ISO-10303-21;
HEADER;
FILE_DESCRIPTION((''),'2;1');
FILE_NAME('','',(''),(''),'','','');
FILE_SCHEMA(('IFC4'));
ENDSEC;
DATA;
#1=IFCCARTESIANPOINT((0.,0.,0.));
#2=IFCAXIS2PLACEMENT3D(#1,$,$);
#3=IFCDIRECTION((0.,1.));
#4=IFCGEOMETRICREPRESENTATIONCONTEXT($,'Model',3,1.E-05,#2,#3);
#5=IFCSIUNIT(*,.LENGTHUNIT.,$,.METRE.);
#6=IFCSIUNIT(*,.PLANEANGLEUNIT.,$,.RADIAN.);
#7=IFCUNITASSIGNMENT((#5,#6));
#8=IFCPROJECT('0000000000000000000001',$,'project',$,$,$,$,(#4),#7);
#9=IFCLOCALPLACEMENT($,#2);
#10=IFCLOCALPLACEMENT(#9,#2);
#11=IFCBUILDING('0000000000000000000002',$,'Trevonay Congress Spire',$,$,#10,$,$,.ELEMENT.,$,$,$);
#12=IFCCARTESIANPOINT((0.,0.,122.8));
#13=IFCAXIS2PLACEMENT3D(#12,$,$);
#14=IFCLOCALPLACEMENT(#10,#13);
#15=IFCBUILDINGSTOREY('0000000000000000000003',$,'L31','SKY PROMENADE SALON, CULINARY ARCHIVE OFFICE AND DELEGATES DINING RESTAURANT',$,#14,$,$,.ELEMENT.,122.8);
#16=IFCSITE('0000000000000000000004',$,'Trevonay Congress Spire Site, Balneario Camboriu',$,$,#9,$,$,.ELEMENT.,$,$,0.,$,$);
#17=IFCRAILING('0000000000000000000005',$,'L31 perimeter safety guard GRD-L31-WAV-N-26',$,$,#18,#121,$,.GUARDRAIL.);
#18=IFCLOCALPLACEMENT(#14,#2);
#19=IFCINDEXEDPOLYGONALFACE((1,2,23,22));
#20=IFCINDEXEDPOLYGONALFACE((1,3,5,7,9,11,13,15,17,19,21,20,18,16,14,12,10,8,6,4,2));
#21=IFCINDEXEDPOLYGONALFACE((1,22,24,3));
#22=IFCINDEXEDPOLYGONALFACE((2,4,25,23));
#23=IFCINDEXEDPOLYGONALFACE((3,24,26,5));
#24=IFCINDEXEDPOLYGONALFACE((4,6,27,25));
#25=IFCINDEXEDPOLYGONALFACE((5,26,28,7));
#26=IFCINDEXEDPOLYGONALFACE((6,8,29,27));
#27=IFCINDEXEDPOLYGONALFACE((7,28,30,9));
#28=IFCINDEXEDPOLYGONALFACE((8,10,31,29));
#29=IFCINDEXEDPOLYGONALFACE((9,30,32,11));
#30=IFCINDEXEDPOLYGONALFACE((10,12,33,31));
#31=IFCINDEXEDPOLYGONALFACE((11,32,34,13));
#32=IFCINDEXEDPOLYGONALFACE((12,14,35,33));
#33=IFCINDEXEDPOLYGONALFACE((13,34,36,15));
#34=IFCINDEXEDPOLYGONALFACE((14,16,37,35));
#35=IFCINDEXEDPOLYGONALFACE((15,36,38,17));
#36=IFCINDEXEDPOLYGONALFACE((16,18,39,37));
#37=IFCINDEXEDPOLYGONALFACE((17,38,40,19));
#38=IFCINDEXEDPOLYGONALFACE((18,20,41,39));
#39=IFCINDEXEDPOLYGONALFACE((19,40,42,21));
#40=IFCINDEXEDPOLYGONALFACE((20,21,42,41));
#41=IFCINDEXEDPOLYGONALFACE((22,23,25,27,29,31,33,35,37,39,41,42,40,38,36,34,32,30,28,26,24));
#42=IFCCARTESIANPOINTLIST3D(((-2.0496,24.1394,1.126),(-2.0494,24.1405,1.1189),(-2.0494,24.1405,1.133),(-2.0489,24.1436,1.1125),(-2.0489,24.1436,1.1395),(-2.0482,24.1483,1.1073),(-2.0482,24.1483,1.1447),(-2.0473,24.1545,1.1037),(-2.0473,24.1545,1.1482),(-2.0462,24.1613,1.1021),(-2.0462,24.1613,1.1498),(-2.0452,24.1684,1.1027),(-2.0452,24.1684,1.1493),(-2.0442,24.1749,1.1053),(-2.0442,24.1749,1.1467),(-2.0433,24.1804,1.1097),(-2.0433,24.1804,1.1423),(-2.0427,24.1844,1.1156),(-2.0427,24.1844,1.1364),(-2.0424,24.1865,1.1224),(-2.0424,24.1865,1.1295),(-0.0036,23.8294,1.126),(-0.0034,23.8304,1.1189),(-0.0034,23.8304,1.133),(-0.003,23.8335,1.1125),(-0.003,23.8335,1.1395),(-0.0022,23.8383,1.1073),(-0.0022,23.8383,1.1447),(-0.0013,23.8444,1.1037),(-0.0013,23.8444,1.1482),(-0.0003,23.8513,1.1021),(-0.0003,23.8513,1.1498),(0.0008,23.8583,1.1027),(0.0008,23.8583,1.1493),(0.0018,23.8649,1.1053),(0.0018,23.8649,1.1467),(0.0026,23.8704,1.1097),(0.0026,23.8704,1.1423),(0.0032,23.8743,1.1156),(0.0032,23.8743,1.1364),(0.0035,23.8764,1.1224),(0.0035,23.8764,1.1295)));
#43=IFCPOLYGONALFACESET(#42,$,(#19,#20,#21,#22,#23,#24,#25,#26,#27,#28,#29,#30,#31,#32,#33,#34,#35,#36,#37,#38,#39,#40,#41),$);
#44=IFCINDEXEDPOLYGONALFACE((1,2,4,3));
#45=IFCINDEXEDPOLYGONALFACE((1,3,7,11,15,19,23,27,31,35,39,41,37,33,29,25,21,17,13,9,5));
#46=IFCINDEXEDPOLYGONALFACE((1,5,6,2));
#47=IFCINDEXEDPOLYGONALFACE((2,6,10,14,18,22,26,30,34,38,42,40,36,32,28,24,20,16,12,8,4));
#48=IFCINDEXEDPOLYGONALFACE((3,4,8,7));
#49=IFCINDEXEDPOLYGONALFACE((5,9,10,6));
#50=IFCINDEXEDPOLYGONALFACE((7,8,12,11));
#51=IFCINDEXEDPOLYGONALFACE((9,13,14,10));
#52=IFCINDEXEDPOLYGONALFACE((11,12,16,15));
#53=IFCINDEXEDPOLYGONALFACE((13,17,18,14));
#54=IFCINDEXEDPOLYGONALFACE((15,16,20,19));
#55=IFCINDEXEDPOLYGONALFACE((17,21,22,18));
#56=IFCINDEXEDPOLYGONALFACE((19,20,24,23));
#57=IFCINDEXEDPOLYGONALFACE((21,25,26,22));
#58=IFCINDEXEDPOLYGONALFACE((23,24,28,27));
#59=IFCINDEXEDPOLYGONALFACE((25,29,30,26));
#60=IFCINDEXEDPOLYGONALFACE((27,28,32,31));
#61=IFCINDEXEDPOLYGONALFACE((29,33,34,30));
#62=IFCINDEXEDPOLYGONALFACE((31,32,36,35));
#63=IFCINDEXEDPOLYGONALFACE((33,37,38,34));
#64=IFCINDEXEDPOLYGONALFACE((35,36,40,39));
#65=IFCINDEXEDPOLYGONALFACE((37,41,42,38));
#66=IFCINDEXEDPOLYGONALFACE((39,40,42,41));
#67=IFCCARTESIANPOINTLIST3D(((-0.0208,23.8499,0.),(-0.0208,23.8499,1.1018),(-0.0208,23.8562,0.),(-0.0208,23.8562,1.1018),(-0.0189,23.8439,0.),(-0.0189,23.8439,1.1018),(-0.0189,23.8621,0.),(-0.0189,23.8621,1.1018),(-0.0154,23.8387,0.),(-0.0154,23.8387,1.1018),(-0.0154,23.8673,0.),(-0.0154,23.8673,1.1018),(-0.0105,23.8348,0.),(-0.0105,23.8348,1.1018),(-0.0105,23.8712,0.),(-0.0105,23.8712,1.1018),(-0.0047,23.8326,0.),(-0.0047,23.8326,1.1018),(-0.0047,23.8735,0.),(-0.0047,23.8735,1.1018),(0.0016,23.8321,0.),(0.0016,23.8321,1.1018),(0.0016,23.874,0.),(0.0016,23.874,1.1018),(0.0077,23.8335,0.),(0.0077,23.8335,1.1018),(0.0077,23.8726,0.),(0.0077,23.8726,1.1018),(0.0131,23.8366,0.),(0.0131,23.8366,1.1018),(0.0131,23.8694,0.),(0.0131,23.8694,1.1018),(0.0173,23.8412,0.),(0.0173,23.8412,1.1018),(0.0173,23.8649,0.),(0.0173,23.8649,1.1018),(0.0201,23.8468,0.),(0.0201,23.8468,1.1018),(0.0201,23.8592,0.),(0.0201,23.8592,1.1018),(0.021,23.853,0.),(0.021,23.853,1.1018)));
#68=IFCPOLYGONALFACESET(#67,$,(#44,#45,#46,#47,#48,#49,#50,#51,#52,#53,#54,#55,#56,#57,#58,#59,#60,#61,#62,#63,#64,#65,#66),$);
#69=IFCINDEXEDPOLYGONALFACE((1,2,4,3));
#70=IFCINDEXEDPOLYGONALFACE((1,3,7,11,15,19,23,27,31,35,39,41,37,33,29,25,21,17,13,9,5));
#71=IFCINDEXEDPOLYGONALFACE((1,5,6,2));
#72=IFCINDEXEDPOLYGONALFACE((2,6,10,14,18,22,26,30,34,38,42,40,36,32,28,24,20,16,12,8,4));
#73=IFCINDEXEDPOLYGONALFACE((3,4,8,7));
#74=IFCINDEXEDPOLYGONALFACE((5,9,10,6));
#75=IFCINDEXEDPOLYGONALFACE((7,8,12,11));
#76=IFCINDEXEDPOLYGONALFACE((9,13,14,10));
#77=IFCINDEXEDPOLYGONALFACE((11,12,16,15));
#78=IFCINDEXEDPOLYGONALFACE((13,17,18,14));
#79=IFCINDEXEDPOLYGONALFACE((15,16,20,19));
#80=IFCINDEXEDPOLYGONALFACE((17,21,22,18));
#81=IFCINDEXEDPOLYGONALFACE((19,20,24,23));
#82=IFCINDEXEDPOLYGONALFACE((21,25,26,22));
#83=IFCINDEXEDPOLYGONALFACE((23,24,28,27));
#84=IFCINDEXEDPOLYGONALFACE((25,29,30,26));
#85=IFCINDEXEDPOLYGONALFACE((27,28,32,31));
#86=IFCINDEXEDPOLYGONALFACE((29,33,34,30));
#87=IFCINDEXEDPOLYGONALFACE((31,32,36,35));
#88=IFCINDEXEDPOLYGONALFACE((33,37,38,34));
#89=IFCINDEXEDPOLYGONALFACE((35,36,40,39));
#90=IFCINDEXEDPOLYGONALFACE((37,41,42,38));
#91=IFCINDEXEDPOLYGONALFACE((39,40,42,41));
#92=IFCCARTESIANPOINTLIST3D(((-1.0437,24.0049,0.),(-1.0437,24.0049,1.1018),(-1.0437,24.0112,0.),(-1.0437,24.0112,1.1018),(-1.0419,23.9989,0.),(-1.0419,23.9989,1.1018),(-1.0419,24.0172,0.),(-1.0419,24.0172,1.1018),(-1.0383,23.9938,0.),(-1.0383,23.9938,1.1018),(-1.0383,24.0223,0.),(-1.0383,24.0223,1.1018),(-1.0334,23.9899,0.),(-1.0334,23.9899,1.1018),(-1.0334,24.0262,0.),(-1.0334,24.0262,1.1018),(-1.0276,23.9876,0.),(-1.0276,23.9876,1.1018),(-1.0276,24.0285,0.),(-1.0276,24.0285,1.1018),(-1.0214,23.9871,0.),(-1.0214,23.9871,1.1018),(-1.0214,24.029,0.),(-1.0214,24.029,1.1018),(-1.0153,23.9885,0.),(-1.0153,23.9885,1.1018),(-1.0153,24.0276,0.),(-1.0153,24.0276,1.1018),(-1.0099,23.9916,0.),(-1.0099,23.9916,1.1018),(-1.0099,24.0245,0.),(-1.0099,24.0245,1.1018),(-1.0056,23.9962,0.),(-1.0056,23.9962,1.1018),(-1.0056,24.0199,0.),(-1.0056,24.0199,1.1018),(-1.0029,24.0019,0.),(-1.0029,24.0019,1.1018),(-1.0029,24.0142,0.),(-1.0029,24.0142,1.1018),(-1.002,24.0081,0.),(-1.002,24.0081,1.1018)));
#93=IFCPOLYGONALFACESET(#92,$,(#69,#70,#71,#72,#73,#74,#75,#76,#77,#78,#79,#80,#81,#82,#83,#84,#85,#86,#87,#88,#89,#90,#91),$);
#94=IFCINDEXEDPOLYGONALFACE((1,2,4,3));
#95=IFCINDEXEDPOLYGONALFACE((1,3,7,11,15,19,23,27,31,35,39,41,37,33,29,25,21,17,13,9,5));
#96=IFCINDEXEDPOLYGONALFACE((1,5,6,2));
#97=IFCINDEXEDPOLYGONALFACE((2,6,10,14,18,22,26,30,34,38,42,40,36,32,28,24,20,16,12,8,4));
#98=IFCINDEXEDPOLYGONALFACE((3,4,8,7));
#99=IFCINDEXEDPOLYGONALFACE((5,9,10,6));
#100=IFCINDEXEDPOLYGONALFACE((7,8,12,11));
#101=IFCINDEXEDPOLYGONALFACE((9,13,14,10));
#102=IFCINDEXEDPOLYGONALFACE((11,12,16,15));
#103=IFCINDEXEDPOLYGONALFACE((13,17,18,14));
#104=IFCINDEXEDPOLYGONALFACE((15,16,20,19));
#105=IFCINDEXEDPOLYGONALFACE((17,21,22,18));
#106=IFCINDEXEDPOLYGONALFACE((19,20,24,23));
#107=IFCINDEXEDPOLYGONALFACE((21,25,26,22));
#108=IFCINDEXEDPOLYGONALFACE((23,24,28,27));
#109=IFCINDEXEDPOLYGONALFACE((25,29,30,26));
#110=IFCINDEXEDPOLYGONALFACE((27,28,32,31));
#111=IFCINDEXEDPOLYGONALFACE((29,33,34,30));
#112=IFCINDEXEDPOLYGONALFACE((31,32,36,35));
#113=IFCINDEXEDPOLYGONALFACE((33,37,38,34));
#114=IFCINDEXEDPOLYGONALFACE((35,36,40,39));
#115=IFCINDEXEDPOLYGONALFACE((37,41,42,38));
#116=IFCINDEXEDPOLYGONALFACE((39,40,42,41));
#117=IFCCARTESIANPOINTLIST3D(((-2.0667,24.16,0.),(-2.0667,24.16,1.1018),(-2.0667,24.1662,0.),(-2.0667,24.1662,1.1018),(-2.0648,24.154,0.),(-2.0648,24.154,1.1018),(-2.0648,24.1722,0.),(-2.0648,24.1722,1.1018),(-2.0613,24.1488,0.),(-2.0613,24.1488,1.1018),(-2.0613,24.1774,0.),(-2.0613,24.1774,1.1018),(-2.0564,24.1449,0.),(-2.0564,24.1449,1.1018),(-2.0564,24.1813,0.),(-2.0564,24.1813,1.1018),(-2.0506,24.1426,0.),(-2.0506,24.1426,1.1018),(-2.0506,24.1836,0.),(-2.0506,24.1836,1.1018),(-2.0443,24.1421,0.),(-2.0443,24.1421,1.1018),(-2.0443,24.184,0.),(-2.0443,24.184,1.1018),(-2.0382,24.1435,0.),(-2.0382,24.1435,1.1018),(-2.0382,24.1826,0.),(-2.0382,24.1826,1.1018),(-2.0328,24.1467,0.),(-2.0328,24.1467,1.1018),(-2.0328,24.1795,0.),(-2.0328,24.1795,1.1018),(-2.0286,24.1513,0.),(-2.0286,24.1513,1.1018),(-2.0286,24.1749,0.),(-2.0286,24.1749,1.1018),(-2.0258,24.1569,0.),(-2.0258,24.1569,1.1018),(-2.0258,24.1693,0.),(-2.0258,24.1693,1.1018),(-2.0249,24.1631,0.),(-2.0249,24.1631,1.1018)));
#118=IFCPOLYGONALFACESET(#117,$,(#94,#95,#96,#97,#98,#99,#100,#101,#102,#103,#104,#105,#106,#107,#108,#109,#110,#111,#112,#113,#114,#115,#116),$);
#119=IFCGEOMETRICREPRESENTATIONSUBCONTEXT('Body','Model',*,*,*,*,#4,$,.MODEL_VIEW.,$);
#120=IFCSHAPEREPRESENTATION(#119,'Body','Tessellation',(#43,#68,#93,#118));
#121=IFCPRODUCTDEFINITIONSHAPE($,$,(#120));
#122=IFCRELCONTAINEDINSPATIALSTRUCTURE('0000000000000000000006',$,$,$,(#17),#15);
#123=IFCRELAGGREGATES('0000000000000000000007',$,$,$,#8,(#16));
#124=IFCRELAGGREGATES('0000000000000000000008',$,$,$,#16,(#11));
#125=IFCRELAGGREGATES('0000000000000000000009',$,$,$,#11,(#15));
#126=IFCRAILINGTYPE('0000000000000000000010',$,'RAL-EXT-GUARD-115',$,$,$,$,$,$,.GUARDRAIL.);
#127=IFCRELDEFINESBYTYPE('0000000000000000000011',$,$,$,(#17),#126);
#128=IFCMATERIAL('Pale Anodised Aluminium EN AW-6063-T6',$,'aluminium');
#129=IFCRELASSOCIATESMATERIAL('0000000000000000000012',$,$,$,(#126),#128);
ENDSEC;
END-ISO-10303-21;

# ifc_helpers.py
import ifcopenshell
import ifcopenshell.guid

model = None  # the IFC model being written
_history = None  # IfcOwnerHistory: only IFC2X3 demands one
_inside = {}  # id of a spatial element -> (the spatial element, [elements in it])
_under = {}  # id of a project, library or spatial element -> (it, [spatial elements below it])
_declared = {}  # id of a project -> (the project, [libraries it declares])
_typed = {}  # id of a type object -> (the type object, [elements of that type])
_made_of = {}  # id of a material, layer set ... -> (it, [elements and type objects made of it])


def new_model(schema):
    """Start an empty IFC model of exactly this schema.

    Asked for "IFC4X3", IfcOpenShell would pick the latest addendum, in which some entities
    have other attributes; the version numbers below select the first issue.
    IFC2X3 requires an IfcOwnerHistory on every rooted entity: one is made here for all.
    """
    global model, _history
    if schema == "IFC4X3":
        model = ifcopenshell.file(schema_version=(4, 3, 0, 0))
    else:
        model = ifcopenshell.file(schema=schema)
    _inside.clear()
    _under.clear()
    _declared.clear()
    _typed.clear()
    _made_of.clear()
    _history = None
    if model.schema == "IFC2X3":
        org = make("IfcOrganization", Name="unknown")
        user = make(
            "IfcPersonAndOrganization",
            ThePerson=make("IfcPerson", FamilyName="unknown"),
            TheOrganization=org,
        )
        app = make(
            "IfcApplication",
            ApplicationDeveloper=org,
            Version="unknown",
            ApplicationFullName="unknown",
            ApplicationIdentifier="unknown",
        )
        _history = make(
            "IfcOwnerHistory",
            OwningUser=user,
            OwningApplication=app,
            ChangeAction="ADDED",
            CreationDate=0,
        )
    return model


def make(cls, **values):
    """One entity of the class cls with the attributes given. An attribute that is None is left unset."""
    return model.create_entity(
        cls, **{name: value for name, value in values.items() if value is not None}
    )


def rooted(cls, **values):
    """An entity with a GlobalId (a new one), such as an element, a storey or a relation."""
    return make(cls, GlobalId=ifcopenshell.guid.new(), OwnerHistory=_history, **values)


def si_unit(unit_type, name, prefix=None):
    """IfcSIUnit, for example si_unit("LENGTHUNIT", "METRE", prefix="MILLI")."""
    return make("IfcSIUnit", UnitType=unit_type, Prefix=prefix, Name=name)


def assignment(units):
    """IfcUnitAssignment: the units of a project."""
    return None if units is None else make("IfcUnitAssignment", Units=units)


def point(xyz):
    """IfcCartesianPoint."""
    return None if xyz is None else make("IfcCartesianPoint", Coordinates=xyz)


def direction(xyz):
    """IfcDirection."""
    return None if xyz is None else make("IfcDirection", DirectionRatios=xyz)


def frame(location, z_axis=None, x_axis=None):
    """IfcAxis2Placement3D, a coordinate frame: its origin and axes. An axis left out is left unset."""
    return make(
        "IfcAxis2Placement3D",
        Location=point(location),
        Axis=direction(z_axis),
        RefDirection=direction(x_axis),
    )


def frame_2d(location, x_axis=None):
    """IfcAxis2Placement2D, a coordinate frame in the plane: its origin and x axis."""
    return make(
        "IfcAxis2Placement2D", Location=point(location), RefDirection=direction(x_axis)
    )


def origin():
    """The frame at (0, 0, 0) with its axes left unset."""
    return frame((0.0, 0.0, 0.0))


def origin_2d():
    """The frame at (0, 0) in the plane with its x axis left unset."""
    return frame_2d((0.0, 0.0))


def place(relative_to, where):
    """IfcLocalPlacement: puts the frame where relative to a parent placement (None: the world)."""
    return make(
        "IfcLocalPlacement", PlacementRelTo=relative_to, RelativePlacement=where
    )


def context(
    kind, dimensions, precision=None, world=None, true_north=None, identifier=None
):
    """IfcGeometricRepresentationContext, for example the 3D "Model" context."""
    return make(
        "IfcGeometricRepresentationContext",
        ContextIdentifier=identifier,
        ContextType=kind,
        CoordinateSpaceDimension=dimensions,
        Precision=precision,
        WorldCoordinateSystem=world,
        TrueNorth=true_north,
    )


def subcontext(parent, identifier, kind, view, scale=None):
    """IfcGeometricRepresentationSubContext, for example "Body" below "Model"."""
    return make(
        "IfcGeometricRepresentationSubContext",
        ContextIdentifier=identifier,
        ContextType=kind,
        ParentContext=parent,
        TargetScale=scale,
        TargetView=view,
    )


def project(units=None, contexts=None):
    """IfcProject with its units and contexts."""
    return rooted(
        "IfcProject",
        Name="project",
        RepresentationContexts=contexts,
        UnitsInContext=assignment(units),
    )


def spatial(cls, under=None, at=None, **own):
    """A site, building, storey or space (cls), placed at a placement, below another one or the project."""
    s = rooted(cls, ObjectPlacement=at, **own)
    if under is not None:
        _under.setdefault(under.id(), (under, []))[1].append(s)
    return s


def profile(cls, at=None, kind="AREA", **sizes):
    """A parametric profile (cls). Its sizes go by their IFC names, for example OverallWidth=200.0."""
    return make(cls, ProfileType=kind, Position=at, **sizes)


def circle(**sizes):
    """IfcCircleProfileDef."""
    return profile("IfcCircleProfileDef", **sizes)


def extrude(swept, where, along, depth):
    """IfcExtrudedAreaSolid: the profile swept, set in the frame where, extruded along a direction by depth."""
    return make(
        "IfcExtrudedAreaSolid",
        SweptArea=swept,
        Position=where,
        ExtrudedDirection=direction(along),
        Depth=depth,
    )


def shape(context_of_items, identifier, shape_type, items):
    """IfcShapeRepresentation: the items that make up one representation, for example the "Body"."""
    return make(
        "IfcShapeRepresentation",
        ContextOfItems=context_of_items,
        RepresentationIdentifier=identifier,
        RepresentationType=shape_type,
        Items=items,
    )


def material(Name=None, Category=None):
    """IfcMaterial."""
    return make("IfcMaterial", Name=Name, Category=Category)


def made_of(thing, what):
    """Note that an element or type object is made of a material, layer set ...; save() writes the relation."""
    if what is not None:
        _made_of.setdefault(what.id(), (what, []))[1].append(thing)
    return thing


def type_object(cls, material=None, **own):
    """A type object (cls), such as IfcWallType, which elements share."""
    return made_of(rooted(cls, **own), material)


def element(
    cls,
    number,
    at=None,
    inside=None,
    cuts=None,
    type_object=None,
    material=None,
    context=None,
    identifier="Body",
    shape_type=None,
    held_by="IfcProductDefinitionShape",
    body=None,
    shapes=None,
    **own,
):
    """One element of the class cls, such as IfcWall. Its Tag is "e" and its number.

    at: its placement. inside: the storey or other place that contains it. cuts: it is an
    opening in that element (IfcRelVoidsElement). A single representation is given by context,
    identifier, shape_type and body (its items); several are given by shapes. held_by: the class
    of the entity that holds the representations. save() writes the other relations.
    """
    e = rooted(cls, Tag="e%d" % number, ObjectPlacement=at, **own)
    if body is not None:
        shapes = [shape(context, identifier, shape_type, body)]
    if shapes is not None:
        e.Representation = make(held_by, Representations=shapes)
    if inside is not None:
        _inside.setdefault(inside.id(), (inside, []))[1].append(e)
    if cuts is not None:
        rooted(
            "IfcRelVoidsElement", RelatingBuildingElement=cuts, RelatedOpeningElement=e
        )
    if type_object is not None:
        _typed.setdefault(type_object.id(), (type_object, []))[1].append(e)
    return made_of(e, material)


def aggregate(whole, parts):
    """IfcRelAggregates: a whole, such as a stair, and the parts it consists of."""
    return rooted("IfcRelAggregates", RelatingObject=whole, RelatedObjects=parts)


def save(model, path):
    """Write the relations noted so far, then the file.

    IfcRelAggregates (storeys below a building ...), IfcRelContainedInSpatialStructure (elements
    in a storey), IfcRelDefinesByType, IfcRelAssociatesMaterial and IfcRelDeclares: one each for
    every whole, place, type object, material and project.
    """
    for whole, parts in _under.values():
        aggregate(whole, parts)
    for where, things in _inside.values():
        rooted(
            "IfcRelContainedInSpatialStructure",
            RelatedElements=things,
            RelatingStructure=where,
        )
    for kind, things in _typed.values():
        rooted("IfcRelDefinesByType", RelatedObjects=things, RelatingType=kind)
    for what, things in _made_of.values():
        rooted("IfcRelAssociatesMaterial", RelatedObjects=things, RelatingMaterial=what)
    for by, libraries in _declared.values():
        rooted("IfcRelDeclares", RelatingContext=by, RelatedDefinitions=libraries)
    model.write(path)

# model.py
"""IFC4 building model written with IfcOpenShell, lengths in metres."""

from ifc_helpers import new_model, si_unit, direction, frame, origin, origin_2d, place, context, subcontext, project, spatial, circle, extrude, material, type_object, element, save


model = new_model("IFC4")

# Units and contexts
model_context = context("Model", 3, precision=1e-05, world=origin(), true_north=direction((0.0, 1.0)))
body_context = subcontext(model_context, "Body", "Model", "MODEL_VIEW")
ifc_project = project(units=[si_unit("LENGTHUNIT", "METRE"), si_unit("PLANEANGLEUNIT", "RADIAN")], contexts=[model_context])

# Site, building, storey
site_placement = place(None, origin())
site = spatial("IfcSite", under=ifc_project, at=site_placement, Name="Trevonay Congress Spire Site, Balneario Camboriu", CompositionType="ELEMENT", RefElevation=0.0)
building_placement = place(site_placement, origin())
building = spatial("IfcBuilding", under=site, at=building_placement, Name="Trevonay Congress Spire", CompositionType="ELEMENT")
storey_placement = place(building_placement, frame((0.0, 0.0, 122.8)))
storey = spatial("IfcBuildingStorey", under=building, at=storey_placement, Name="L31", Description="SKY PROMENADE SALON, CULINARY ARCHIVE OFFICE AND DELEGATES DINING RESTAURANT", CompositionType="ELEMENT", Elevation=122.8)

# Shared definitions
ifc_material_1 = material(Name="Pale Anodised Aluminium EN AW-6063-T6", Category="aluminium")

# Railing
railing_type = type_object("IfcRailingType", Name="RAL-EXT-GUARD-115", PredefinedType="GUARDRAIL", material=ifc_material_1)
railing_1_placement = place(storey_placement, frame((0.0, 23.853, 0.0)))
element("IfcRailing", 1, at=railing_1_placement, inside=storey, type_object=railing_type, Name="L31 perimeter safety guard GRD-L31-WAV-N-26", PredefinedType="GUARDRAIL", context=body_context, shape_type="SweptSolid", body=[
    extrude(circle(Radius=0.0239, at=origin_2d()), frame((0.0, 0.0, 1.126), z_axis=(-0.98871, 0.14984, 0.0), x_axis=(-0.14984, -0.98871, 0.0)), (0.0, 0.0, 1.0), 2.0693),
    extrude(circle(Radius=0.021, at=origin_2d()), origin(), (0.0, 0.0, 1.0), 1.1018),
    extrude(circle(Radius=0.021, at=origin_2d()), frame((-1.0229, 0.155, 0.0)), (0.0, 0.0, 1.0), 1.1018),
    extrude(circle(Radius=0.021, at=origin_2d()), frame((-2.0459, 0.3101, 0.0)), (0.0, 0.0, 1.0), 1.1018),
])

save(model, "model.ifc")
